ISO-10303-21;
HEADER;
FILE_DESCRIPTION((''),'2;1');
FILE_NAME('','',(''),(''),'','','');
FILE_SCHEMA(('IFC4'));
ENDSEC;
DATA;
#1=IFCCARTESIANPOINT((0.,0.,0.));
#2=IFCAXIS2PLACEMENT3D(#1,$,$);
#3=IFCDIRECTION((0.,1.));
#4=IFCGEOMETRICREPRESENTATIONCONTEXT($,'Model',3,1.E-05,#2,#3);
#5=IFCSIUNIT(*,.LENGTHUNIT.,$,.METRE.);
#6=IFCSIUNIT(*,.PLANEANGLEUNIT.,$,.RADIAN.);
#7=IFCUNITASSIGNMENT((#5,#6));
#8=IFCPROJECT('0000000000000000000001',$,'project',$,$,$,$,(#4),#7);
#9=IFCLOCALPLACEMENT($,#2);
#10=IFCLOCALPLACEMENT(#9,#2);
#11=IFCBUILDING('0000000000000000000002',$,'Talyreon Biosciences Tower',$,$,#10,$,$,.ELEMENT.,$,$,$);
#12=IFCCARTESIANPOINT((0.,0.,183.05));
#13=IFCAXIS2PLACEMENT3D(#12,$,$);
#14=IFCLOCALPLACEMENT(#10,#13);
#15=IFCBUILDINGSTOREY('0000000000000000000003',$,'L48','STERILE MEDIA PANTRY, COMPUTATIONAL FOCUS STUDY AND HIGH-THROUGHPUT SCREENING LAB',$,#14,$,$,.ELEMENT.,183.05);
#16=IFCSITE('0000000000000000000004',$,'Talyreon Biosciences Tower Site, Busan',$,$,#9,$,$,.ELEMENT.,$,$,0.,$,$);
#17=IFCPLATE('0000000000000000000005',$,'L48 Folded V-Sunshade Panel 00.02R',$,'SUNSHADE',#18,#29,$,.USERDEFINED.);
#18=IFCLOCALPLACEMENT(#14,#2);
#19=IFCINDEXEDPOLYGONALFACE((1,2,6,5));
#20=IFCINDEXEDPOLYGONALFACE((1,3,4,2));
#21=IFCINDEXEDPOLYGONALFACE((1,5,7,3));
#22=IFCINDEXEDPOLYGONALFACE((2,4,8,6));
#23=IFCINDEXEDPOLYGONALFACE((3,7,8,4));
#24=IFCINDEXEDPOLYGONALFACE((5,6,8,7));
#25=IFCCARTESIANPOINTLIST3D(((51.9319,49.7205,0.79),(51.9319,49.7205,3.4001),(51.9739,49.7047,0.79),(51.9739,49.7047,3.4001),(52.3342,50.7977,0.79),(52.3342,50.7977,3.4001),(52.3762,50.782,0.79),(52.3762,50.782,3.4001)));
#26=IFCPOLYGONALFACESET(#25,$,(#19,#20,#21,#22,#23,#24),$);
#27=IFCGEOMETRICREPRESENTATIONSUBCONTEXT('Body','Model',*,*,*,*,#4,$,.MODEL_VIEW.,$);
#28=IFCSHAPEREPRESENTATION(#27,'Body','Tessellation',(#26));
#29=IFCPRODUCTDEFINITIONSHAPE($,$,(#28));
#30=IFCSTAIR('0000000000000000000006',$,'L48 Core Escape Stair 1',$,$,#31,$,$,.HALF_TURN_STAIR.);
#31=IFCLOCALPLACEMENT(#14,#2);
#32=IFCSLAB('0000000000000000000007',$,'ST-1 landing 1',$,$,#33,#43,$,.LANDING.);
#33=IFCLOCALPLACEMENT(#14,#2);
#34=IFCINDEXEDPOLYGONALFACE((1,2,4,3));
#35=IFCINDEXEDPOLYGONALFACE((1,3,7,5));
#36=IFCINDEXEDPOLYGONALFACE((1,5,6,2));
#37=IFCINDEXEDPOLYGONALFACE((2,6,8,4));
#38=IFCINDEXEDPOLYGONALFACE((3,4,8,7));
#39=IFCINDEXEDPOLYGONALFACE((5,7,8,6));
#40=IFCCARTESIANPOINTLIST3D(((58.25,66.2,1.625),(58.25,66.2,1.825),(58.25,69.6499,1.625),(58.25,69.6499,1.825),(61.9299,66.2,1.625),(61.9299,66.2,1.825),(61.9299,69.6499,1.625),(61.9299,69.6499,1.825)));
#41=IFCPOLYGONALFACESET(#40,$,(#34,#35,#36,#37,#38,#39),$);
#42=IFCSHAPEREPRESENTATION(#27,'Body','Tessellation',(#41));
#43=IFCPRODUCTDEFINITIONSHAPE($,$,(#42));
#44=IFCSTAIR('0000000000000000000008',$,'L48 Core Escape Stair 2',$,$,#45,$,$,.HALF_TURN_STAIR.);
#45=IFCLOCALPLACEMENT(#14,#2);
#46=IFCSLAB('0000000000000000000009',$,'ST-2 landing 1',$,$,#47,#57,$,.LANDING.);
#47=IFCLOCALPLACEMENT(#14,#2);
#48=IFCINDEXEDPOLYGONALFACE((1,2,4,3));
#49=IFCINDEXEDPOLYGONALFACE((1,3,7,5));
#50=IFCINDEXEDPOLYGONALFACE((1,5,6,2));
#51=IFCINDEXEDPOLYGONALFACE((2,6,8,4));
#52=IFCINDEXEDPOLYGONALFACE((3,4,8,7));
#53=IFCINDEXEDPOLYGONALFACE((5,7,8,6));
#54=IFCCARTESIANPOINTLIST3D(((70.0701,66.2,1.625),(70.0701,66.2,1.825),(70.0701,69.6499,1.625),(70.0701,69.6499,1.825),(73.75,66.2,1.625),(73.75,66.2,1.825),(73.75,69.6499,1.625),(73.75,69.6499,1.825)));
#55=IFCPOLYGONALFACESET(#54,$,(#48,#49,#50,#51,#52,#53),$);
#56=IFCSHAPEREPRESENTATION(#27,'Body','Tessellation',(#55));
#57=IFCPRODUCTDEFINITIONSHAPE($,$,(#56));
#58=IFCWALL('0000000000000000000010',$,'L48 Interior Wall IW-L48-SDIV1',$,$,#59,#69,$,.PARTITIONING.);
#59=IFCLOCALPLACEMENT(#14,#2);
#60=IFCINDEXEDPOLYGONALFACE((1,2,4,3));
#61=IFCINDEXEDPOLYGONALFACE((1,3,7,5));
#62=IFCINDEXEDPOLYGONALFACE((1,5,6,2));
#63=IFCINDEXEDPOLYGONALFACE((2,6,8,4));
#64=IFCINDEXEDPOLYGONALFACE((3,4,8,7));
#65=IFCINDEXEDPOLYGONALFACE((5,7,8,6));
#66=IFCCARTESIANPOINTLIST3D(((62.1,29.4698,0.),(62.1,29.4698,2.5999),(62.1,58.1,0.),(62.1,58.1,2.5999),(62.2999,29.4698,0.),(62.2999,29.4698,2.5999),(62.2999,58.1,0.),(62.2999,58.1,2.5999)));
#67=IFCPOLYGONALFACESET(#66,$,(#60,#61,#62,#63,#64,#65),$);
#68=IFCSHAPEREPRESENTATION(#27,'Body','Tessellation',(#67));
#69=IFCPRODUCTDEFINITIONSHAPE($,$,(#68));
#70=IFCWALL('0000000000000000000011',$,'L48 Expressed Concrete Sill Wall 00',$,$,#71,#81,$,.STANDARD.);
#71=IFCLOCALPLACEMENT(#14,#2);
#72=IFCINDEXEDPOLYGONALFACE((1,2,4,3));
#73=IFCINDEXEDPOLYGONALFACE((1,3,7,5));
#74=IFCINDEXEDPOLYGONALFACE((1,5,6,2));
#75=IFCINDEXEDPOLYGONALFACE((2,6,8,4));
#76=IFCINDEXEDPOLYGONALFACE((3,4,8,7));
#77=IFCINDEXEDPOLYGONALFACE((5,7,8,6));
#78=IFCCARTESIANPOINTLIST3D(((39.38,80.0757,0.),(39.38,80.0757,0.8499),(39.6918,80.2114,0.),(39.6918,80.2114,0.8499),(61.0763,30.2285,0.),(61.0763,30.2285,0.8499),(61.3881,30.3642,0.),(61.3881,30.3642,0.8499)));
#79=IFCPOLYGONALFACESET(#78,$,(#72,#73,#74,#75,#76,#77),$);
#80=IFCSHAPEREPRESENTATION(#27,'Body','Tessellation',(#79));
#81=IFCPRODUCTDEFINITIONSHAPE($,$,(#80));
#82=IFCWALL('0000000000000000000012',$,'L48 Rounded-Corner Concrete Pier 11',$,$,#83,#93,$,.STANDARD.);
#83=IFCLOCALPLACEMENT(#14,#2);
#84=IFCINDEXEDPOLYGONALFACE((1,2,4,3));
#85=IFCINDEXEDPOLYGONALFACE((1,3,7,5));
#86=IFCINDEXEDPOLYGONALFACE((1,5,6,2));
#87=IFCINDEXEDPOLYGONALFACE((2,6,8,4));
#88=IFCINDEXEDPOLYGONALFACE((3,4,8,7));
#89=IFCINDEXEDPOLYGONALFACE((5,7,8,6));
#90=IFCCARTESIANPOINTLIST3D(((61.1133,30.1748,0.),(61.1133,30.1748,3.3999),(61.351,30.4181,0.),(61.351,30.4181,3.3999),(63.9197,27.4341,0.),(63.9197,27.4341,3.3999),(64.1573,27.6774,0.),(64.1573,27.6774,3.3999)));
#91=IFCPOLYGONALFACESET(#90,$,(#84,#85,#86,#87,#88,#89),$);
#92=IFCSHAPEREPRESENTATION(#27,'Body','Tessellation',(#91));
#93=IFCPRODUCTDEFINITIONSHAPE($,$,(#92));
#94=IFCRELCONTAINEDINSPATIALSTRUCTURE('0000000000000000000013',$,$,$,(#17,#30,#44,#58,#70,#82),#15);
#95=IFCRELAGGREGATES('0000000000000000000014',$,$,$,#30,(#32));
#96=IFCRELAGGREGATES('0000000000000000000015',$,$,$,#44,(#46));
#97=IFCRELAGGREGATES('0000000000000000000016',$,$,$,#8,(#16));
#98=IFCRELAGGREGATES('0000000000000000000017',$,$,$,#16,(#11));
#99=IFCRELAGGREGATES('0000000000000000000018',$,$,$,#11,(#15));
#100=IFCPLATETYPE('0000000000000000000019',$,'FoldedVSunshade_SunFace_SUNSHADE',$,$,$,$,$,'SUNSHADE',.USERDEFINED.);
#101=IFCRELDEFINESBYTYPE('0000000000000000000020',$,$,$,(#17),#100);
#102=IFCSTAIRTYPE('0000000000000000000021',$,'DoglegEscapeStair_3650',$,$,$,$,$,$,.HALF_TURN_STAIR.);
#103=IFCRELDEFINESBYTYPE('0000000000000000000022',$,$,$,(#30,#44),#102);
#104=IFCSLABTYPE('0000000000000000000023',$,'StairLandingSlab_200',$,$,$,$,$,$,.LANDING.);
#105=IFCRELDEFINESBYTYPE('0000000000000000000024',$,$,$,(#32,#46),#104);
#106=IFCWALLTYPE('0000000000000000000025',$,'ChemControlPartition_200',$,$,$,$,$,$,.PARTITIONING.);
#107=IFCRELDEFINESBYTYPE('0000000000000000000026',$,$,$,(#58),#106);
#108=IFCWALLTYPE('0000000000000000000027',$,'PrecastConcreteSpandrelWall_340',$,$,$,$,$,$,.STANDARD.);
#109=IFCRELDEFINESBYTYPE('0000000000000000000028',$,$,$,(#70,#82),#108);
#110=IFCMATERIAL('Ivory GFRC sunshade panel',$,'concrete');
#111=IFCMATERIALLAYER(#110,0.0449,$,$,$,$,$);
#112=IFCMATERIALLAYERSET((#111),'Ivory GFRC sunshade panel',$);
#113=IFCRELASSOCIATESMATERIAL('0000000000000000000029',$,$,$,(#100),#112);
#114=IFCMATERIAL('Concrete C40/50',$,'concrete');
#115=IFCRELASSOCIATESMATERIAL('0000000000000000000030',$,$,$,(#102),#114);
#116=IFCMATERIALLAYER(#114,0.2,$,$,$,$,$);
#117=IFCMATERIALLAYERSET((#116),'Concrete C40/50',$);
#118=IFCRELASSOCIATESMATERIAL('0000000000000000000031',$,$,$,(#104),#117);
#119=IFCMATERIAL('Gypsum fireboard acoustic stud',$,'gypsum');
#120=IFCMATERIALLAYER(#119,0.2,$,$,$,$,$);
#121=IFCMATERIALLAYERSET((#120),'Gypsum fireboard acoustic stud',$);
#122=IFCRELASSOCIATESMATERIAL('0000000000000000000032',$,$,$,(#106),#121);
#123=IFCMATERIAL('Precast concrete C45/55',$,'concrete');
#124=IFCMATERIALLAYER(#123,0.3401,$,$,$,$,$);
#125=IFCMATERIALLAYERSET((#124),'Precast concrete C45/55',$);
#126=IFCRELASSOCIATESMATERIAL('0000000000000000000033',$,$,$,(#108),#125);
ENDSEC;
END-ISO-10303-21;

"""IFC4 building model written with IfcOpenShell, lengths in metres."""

from ifc_helpers import new_model, si_unit, direction, frame, frame_2d, origin, origin_2d, place, context, subcontext, project, spatial, polyline, rectangle, outline, extrude, material, layer, layer_set, type_object, element, aggregate, save


model = new_model("IFC4")

# Units and contexts
model_context = context("Model", 3, precision=1e-05, world=origin(), true_north=direction((0.0, 1.0)))
body_context = subcontext(model_context, "Body", "Model", "MODEL_VIEW")
ifc_project = project(units=[si_unit("LENGTHUNIT", "METRE"), si_unit("PLANEANGLEUNIT", "RADIAN")], contexts=[model_context])

# Site, building, storey
site_placement = place(None, origin())
site = spatial("IfcSite", under=ifc_project, at=site_placement, Name="Talyreon Biosciences Tower Site, Busan", CompositionType="ELEMENT", RefElevation=0.0)
building_placement = place(site_placement, origin())
building = spatial("IfcBuilding", under=site, at=building_placement, Name="Talyreon Biosciences Tower", CompositionType="ELEMENT")
storey_placement = place(building_placement, frame((0.0, 0.0, 183.05)))
storey = spatial("IfcBuildingStorey", under=building, at=storey_placement, Name="L48", Description="STERILE MEDIA PANTRY, COMPUTATIONAL FOCUS STUDY AND HIGH-THROUGHPUT SCREENING LAB", CompositionType="ELEMENT", Elevation=183.05)

# Shared definitions
ifc_material_1 = material(Name="Precast concrete C45/55", Category="concrete")

# Shared definitions
ifc_material_2 = material(Name="Concrete C40/50", Category="concrete")

# Plate
ifc_material_3 = material(Name="Ivory GFRC sunshade panel", Category="concrete")
ifc_layer_1 = layer(ifc_material_3, 0.0449)
ifc_layer_set_1 = layer_set([ifc_layer_1], Name="Ivory GFRC sunshade panel")
plate_type_1 = type_object("IfcPlateType", Name="FoldedVSunshade_SunFace_SUNSHADE", ElementType="SUNSHADE", PredefinedType="USERDEFINED", material=ifc_layer_set_1)
for number, where, z_axis, x_axis, name in (
    (1, (52.1541, 50.2512, 0.79), (0.0, 0.0, 1.0), (0.349864, 0.9368, 0.0), "L48 Folded V-Sunshade Panel 00.02R"),
):
    element("IfcPlate", number, at=place(storey_placement, frame(where, z_axis=z_axis, x_axis=x_axis)), inside=storey, type_object=plate_type_1, Name=name, ObjectType="SUNSHADE", PredefinedType="USERDEFINED", context=body_context, shape_type="SweptSolid", body=[
        extrude(rectangle(XDim=1.1499, YDim=0.0449, at=origin_2d()), origin(), (0.0, 0.0, 1.0), 2.6101),
    ])

# Stairs, slabs
stair_type = type_object("IfcStairType", Name="DoglegEscapeStair_3650", PredefinedType="HALF_TURN_STAIR", material=ifc_material_2)
stair_1_placement = place(storey_placement, origin())
stair_1 = element("IfcStair", 2, at=stair_1_placement, inside=storey, type_object=stair_type, Name="L48 Core Escape Stair 1", PredefinedType="HALF_TURN_STAIR")
ifc_layer_2 = layer(ifc_material_2, 0.2)
ifc_layer_set_2 = layer_set([ifc_layer_2], Name="Concrete C40/50")
slab_type_1 = type_object("IfcSlabType", Name="StairLandingSlab_200", PredefinedType="LANDING", material=ifc_layer_set_2)
slab_1_placement = place(storey_placement, frame((0.0, 0.0, 1.625)))
slab_1 = element("IfcSlab", 3, at=slab_1_placement, type_object=slab_type_1, Name="ST-1 landing 1", PredefinedType="LANDING", context=body_context, shape_type="SweptSolid", body=[
    extrude(outline(polyline([(61.9299, 66.2), (61.9299, 69.6499), (58.25, 69.6499), (58.25, 66.2), (61.9299, 66.2)])), origin(), (0.0, 0.0, 1.0), 0.2),
])
aggregate(stair_1, [slab_1])
stair_2_placement = place(storey_placement, origin())
stair_2 = element("IfcStair", 4, at=stair_2_placement, inside=storey, type_object=stair_type, Name="L48 Core Escape Stair 2", PredefinedType="HALF_TURN_STAIR")
slab_2_placement = place(storey_placement, frame((0.0, 0.0, 1.625)))
slab_2 = element("IfcSlab", 5, at=slab_2_placement, type_object=slab_type_1, Name="ST-2 landing 1", PredefinedType="LANDING", context=body_context, shape_type="SweptSolid", body=[
    extrude(outline(polyline([(73.75, 66.2), (73.75, 69.6499), (70.0701, 69.6499), (70.0701, 66.2), (73.75, 66.2)])), origin(), (0.0, 0.0, 1.0), 0.2),
])
aggregate(stair_2, [slab_2])

# Walls
ifc_material_4 = material(Name="Gypsum fireboard acoustic stud", Category="gypsum")
ifc_layer_3 = layer(ifc_material_4, 0.2)
ifc_layer_set_3 = layer_set([ifc_layer_3], Name="Gypsum fireboard acoustic stud")
wall_type_1 = type_object("IfcWallType", Name="ChemControlPartition_200", PredefinedType="PARTITIONING", material=ifc_layer_set_3)
wall_1_placement = place(storey_placement, frame((62.2, 29.47, 0.0), z_axis=(0.0, 0.0, 1.0), x_axis=(0.0, 1.0, 0.0)))
element("IfcWall", 6, at=wall_1_placement, inside=storey, type_object=wall_type_1, Name="L48 Interior Wall IW-L48-SDIV1", PredefinedType="PARTITIONING", context=body_context, shape_type="SweptSolid", body=[
    extrude(rectangle(XDim=28.6301, YDim=0.2, at=frame_2d((14.3149, 0.0))), origin(), (0.0, 0.0, 1.0), 2.5999),
])
ifc_layer_4 = layer(ifc_material_1, 0.3401)
ifc_layer_set_4 = layer_set([ifc_layer_4], Name="Precast concrete C45/55")
wall_type_2 = type_object("IfcWallType", Name="PrecastConcreteSpandrelWall_340", PredefinedType="STANDARD", material=ifc_layer_set_4)
wall_2_placement = place(storey_placement, frame((61.2322, 30.2964, 0.0), z_axis=(0.0, 0.0, 1.0), x_axis=(-0.399091, 0.916911, 0.0)))
element("IfcWall", 7, at=wall_2_placement, inside=storey, type_object=wall_type_2, Name="L48 Expressed Concrete Sill Wall 00", PredefinedType="STANDARD", context=body_context, shape_type="SweptSolid", body=[
    extrude(rectangle(XDim=54.3643, YDim=0.3401, at=frame_2d((27.1821, 0.0))), origin(), (0.0, 0.0, 1.0), 0.8499),
])
wall_3_placement = place(storey_placement, frame((64.0386, 27.5557, 0.0), z_axis=(0.0, 0.0, 1.0), x_axis=(-0.715428, 0.698686, 0.0)))
element("IfcWall", 8, at=wall_3_placement, inside=storey, type_object=wall_type_2, Name="L48 Rounded-Corner Concrete Pier 11", PredefinedType="STANDARD", context=body_context, shape_type="SweptSolid", body=[
    extrude(rectangle(XDim=3.9226, YDim=0.3401, at=frame_2d((1.9614, 0.0))), origin(), (0.0, 0.0, 1.0), 3.3999),
])

save(model, "model.ifc")
